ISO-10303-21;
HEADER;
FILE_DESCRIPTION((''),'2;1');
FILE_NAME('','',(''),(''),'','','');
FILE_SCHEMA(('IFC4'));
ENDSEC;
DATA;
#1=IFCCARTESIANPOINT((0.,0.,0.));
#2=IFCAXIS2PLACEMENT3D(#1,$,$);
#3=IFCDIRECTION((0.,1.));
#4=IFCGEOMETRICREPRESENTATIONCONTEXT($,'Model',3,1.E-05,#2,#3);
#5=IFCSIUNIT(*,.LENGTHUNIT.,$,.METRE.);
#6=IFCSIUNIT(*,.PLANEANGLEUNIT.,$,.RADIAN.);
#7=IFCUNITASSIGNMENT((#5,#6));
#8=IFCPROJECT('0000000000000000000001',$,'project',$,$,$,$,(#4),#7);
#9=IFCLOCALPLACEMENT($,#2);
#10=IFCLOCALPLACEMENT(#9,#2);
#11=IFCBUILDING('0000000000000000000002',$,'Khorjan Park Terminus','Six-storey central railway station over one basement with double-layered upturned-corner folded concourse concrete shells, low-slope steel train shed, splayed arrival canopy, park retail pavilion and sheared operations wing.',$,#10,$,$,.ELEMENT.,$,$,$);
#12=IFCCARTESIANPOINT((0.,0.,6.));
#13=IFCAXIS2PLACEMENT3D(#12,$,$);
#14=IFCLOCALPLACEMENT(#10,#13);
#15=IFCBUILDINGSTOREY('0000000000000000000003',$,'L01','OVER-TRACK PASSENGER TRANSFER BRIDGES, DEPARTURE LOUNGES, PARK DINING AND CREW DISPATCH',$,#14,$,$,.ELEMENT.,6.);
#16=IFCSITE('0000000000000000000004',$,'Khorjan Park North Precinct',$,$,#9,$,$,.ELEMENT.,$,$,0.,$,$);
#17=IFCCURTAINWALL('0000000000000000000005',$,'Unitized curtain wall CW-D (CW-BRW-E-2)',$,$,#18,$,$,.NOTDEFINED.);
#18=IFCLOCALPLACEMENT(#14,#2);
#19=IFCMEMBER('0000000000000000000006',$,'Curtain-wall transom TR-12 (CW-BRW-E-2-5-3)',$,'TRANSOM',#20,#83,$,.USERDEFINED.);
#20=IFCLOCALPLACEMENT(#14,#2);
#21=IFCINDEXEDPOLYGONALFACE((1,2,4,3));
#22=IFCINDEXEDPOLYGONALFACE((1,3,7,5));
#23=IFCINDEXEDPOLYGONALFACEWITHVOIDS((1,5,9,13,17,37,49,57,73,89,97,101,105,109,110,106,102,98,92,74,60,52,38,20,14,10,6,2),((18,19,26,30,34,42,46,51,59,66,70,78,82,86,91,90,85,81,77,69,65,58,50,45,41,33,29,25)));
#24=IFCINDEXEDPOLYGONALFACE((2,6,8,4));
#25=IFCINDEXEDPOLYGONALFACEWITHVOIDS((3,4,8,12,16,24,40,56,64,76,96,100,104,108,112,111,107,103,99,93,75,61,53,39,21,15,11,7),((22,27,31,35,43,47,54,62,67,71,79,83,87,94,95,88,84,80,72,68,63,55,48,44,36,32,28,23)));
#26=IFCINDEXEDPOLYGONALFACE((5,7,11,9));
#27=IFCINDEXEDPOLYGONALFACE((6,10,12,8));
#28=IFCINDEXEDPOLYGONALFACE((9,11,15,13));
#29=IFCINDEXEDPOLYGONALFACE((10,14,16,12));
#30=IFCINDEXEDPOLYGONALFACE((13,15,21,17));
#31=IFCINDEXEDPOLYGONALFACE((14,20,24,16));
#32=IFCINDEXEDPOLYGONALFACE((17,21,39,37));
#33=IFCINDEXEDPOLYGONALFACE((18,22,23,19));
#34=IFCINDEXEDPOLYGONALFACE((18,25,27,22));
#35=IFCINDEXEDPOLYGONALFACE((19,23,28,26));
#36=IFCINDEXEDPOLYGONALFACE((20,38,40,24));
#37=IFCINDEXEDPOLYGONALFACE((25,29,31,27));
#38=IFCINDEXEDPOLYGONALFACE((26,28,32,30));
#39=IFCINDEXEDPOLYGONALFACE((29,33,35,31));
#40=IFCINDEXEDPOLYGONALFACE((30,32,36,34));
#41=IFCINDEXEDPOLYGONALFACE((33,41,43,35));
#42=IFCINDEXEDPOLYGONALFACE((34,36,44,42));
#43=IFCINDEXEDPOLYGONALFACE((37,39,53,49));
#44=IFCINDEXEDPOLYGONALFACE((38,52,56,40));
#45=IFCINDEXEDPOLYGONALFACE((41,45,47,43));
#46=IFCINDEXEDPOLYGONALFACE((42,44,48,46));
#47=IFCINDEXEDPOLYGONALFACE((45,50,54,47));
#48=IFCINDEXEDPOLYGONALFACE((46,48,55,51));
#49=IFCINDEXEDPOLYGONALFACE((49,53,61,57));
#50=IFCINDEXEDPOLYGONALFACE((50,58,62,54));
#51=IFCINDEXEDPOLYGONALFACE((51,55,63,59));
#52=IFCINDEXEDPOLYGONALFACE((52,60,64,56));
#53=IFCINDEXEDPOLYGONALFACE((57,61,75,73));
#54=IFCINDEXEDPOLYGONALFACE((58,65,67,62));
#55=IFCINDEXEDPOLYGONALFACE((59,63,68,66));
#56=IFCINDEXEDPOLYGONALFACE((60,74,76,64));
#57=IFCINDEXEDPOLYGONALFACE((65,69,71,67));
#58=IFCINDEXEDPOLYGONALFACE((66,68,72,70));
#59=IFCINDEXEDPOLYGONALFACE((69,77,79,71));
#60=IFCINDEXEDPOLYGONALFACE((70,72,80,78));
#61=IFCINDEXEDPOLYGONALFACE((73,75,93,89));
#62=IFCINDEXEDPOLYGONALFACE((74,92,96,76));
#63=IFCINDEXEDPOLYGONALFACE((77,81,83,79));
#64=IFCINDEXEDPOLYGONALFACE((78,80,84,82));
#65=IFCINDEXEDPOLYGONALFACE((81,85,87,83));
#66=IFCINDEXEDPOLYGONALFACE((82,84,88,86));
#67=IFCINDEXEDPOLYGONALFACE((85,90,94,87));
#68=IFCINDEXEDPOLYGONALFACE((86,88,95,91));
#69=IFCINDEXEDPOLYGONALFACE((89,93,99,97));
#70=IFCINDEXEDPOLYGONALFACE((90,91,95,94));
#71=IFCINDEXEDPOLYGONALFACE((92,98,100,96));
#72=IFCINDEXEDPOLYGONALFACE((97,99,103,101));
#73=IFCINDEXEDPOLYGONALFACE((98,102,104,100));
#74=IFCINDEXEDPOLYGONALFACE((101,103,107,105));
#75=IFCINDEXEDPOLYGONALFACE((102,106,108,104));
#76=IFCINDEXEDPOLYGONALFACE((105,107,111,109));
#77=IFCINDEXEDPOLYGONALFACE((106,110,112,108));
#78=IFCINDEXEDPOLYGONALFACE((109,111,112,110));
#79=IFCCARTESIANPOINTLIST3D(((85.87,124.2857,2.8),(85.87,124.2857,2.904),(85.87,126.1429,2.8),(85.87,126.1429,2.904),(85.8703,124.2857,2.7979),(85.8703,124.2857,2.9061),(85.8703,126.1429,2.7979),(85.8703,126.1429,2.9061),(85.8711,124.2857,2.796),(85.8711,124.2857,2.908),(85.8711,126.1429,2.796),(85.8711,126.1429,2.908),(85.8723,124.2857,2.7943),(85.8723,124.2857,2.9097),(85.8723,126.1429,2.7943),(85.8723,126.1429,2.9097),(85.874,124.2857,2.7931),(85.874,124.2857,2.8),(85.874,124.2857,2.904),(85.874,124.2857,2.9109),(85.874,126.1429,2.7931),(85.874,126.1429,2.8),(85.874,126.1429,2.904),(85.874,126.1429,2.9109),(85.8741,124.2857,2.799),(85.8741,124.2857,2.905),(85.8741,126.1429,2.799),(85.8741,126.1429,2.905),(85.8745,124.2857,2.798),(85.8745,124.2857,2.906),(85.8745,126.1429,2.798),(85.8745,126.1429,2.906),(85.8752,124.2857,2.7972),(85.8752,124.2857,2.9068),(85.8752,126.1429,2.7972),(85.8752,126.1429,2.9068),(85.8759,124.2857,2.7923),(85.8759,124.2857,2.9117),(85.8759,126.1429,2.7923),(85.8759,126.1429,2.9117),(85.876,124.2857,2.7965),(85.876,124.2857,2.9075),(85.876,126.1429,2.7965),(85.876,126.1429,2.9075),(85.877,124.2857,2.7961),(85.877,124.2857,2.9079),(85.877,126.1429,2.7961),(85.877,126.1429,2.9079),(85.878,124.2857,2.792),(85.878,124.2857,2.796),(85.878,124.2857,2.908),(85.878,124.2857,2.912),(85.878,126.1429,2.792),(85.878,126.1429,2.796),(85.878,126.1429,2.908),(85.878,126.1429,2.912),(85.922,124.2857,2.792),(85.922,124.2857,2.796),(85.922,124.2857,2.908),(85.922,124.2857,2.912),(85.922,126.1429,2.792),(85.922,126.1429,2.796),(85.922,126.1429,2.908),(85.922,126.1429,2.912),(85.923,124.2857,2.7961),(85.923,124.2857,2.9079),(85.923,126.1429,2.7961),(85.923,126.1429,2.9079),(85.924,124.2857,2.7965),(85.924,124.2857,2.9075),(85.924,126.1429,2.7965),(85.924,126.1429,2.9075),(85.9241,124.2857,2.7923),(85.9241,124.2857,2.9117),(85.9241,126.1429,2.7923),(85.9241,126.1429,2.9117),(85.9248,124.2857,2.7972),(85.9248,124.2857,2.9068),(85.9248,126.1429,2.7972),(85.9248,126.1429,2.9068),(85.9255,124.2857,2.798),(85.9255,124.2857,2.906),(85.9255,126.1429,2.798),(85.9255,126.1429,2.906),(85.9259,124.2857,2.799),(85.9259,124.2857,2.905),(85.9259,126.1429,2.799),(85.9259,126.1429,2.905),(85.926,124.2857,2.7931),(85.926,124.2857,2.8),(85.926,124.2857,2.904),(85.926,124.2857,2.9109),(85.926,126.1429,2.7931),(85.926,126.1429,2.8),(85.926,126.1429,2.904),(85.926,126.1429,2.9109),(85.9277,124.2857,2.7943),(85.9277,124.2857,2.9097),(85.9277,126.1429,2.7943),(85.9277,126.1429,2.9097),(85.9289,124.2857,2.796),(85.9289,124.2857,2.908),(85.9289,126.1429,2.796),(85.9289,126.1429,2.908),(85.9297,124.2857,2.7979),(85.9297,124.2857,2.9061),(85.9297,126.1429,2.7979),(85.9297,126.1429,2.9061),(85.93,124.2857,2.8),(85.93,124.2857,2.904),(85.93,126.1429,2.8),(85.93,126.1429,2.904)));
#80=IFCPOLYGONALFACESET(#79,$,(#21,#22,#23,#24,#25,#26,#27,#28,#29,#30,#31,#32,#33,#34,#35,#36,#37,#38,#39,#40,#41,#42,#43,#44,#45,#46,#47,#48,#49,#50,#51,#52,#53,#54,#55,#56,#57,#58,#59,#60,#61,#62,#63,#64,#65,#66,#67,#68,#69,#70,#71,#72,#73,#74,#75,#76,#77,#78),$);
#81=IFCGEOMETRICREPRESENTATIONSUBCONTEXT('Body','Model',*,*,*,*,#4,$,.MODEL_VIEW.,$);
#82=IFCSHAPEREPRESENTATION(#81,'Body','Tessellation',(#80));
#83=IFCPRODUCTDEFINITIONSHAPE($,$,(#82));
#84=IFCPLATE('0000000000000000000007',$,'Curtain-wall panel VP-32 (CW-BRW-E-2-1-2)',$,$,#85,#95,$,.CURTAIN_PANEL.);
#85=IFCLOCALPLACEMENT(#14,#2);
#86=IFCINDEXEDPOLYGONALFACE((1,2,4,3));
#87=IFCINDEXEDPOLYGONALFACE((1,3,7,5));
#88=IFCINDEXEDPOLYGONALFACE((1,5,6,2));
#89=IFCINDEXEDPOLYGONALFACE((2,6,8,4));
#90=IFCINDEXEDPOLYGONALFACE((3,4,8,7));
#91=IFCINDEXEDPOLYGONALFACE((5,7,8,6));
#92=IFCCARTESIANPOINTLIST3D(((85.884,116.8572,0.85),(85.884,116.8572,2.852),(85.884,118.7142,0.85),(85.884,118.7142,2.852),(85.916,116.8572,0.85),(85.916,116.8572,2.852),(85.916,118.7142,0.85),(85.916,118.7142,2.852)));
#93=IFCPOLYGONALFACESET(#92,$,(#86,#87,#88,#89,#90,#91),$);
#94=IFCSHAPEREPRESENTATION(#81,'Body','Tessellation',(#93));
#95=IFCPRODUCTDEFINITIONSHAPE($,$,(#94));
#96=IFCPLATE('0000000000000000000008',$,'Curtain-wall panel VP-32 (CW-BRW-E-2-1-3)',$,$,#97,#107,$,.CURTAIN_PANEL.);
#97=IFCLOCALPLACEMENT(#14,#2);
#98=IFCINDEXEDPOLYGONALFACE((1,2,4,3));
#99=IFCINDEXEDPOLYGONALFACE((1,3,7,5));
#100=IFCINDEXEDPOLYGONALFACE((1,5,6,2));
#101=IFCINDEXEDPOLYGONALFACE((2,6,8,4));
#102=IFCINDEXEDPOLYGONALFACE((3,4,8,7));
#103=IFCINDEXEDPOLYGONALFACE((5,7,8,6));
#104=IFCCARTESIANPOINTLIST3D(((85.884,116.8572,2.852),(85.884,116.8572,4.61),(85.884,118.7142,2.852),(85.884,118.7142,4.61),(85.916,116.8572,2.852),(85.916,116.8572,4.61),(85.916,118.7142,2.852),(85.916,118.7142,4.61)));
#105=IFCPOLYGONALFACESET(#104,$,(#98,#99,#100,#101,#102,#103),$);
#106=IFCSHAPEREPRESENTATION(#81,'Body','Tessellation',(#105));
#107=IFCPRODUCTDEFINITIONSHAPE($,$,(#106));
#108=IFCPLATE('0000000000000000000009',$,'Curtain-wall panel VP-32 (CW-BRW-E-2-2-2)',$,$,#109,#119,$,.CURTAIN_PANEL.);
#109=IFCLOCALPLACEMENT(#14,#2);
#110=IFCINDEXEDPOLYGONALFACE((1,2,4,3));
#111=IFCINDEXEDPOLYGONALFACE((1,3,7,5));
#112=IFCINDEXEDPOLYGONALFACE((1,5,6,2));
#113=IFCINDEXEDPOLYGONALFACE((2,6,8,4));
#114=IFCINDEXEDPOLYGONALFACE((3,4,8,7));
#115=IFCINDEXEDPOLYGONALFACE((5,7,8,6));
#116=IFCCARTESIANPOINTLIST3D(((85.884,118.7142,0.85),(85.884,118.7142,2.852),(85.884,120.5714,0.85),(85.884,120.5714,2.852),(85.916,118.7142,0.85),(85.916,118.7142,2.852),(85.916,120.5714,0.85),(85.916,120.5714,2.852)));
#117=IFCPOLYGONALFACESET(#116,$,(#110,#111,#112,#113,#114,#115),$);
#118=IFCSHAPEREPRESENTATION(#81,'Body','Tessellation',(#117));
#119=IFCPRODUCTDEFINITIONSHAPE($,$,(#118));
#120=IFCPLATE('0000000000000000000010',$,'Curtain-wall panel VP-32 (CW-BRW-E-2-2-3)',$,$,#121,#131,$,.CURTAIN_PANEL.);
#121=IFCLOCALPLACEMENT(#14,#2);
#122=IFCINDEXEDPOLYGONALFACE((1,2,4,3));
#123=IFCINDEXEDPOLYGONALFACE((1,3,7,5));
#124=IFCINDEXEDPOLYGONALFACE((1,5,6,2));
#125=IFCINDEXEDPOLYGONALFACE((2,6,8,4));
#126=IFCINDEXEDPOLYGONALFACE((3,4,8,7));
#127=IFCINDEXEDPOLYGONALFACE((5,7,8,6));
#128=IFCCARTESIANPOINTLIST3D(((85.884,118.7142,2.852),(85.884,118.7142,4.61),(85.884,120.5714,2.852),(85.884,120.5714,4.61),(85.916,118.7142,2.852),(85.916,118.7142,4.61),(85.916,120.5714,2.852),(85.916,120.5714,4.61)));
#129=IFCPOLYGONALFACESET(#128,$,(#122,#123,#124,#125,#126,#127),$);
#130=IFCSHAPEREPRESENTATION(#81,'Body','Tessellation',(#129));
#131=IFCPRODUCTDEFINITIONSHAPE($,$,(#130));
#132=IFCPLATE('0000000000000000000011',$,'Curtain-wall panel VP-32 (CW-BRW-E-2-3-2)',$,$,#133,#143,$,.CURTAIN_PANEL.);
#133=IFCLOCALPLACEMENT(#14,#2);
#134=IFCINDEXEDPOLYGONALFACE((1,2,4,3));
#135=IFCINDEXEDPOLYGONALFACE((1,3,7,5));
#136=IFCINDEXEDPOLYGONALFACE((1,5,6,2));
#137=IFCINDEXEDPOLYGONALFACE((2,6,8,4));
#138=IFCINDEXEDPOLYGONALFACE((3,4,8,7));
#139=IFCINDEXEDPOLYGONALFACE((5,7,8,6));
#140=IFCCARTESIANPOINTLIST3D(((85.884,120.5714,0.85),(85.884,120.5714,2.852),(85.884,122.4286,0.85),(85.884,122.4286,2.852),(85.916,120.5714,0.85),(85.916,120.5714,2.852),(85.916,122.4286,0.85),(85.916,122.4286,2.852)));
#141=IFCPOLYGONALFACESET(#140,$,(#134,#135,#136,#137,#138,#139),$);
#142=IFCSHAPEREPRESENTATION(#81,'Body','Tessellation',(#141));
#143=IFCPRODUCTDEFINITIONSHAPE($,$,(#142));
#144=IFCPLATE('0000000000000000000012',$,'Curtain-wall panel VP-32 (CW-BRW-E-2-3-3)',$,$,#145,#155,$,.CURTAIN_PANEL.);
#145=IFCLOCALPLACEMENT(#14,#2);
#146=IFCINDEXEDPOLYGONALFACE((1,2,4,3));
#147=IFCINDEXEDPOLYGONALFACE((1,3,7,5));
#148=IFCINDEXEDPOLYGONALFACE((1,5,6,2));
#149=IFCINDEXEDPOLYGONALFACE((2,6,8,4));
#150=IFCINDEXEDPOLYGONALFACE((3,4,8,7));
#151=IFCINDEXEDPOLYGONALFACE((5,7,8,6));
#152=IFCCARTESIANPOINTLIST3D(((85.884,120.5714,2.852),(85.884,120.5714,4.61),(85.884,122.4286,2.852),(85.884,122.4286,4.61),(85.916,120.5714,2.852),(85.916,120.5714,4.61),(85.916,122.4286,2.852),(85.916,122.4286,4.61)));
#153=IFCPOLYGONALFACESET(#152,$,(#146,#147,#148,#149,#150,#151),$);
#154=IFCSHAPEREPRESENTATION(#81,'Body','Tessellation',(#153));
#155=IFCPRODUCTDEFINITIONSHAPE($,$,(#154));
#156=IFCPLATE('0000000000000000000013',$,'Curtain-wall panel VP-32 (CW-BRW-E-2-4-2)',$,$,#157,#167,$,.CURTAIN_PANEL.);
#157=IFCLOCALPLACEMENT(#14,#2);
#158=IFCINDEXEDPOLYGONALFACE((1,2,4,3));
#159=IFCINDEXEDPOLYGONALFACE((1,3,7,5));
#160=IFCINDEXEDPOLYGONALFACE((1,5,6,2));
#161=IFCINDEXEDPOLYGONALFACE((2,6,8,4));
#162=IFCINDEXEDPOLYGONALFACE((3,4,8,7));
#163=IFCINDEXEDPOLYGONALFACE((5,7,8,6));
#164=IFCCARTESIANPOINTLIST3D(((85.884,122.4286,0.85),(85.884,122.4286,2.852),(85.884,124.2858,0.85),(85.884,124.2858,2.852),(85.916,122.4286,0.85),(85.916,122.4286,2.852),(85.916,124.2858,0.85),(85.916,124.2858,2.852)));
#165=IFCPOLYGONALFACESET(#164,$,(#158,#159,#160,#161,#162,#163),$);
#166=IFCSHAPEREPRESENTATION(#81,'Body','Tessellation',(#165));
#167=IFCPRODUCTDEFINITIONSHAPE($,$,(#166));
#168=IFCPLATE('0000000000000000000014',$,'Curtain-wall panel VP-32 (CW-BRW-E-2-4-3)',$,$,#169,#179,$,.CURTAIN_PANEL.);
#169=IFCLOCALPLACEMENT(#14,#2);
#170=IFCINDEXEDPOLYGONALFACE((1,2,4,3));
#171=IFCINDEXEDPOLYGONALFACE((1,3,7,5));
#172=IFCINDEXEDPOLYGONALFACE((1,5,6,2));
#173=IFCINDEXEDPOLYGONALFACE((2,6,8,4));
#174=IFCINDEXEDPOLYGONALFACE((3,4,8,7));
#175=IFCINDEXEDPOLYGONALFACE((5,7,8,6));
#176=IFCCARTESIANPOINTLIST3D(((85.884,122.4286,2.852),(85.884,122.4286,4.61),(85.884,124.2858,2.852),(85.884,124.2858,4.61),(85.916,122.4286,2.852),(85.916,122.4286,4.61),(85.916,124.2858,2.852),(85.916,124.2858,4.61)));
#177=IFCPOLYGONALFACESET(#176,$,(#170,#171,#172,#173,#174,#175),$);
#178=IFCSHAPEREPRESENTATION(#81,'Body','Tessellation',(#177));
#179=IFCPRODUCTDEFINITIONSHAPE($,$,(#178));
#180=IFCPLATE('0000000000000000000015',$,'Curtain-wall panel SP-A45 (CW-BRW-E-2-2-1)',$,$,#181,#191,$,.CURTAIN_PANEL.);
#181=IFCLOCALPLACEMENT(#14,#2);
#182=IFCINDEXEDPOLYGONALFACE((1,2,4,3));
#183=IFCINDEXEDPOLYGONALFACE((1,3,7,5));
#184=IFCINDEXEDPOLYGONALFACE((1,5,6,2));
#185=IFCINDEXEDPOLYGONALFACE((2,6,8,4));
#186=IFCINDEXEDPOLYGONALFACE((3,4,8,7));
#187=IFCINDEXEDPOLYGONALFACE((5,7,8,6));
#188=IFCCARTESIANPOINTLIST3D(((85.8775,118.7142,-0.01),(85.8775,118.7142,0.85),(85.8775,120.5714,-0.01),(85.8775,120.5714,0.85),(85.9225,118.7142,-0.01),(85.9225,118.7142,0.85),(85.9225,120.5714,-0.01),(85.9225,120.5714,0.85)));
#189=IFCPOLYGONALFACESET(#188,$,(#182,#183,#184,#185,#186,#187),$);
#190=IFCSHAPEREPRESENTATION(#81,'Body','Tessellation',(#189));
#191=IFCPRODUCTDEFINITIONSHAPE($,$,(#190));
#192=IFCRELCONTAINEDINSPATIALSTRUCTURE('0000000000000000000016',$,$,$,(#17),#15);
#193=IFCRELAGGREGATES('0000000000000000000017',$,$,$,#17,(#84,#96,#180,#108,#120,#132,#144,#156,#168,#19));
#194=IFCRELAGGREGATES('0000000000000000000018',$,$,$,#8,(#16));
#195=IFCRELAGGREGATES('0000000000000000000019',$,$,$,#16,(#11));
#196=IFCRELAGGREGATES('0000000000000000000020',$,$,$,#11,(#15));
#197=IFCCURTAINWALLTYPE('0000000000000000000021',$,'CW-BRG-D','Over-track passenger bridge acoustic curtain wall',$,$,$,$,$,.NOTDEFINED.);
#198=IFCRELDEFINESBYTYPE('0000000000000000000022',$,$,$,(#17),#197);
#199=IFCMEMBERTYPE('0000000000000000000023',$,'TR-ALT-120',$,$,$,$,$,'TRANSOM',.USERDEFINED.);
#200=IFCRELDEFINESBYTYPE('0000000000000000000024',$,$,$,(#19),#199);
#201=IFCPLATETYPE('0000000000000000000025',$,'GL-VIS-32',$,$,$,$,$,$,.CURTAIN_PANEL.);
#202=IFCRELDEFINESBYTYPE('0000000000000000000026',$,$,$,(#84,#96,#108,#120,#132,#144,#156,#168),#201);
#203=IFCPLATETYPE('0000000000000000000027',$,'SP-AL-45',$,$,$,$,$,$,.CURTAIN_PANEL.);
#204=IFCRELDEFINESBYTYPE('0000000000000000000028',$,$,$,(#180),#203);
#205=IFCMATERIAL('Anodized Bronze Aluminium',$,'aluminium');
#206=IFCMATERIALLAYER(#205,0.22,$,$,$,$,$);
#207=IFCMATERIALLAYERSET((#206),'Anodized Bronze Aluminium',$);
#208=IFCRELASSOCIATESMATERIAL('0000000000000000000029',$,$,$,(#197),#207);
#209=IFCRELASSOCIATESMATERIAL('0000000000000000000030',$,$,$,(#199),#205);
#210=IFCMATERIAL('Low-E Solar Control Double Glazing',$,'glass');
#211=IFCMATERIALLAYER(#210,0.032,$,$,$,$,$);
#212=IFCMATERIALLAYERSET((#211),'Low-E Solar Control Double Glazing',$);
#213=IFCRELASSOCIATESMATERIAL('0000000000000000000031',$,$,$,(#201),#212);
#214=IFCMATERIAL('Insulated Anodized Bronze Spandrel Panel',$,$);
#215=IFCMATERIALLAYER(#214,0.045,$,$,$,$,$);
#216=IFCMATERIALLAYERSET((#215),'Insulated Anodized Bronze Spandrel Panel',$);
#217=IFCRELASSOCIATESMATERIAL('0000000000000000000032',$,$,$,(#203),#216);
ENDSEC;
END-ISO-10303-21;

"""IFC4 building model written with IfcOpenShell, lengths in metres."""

from ifc_helpers import new_model, si_unit, direction, frame, origin, origin_2d, place, context, subcontext, project, spatial, rectangle, hollow_rectangle, extrude, material, layer, layer_set, material_profile, profile_set, type_object, element, aggregate, save


model = new_model("IFC4")

# Units and contexts
model_context = context("Model", 3, precision=1e-05, world=origin(), true_north=direction((0.0, 1.0)))
body_context = subcontext(model_context, "Body", "Model", "MODEL_VIEW")
ifc_project = project(units=[si_unit("LENGTHUNIT", "METRE"), si_unit("PLANEANGLEUNIT", "RADIAN")], contexts=[model_context])

# Site, building, storey
site_placement = place(None, origin())
site = spatial("IfcSite", under=ifc_project, at=site_placement, Name="Khorjan Park North Precinct", CompositionType="ELEMENT", RefElevation=0.0)
building_placement = place(site_placement, origin())
building = spatial("IfcBuilding", under=site, at=building_placement, Name="Khorjan Park Terminus", Description="Six-storey central railway station over one basement with double-layered upturned-corner folded concourse concrete shells, low-slope steel train shed, splayed arrival canopy, park retail pavilion and sheared operations wing.", CompositionType="ELEMENT")
storey_placement = place(building_placement, frame((0.0, 0.0, 6.0)))
storey = spatial("IfcBuildingStorey", under=building, at=storey_placement, Name="L01", Description="OVER-TRACK PASSENGER TRANSFER BRIDGES, DEPARTURE LOUNGES, PARK DINING AND CREW DISPATCH", CompositionType="ELEMENT", Elevation=6.0)

# Curtain wall, member, plates
ifc_material_1 = material(Name="Anodized Bronze Aluminium", Category="aluminium")
ifc_layer_1 = layer(ifc_material_1, 0.22)
ifc_layer_set_1 = layer_set([ifc_layer_1], Name="Anodized Bronze Aluminium")
curtain_wall_type = type_object("IfcCurtainWallType", Name="CW-BRG-D", Description="Over-track passenger bridge acoustic curtain wall", PredefinedType="NOTDEFINED", material=ifc_layer_set_1)
curtain_wall_placement = place(storey_placement, origin())
curtain_wall = element("IfcCurtainWall", 1, at=curtain_wall_placement, inside=storey, type_object=curtain_wall_type, Name="Unitized curtain wall CW-D (CW-BRW-E-2)", PredefinedType="NOTDEFINED")
ifc_material_profile_1 = material_profile(ifc_material_1, hollow_rectangle(XDim=0.06, YDim=0.12, WallThickness=0.004, InnerFilletRadius=0.004, OuterFilletRadius=0.008, at=origin_2d()), Name="ALT 60x120x4")
ifc_profile_set_1 = profile_set([ifc_material_profile_1], Name="Anodized Bronze Aluminium")
member_type_1 = type_object("IfcMemberType", Name="TR-ALT-120", ElementType="TRANSOM", PredefinedType="USERDEFINED", material=ifc_profile_set_1)
member_1_placement = place(storey_placement, frame((85.9, 124.2857, 2.852), z_axis=(0.0, 1.0, 0.0), x_axis=(-1.0, 0.0, 0.0)))
member_1 = element("IfcMember", 2, at=member_1_placement, type_object=member_type_1, Name="Curtain-wall transom TR-12 (CW-BRW-E-2-5-3)", ObjectType="TRANSOM", PredefinedType="USERDEFINED", context=body_context, shape_type="SweptSolid", body=[
    extrude(hollow_rectangle(XDim=0.06, YDim=0.12, WallThickness=0.004, InnerFilletRadius=0.004, OuterFilletRadius=0.008, at=origin_2d()), origin(), (0.0, 0.0, 1.0), 1.8572),
])
ifc_material_2 = material(Name="Low-E Solar Control Double Glazing", Category="glass")
ifc_layer_2 = layer(ifc_material_2, 0.032)
ifc_layer_set_2 = layer_set([ifc_layer_2], Name="Low-E Solar Control Double Glazing")
plate_type_1 = type_object("IfcPlateType", Name="GL-VIS-32", PredefinedType="CURTAIN_PANEL", material=ifc_layer_set_2)
plate_1_placement = place(storey_placement, frame((85.9, 117.7857, 0.85), z_axis=(0.0, 0.0, 1.0), x_axis=(0.0, 1.0, 0.0)))
plate_1 = element("IfcPlate", 3, at=plate_1_placement, type_object=plate_type_1, Name="Curtain-wall panel VP-32 (CW-BRW-E-2-1-2)", PredefinedType="CURTAIN_PANEL", context=body_context, shape_type="SweptSolid", body=[
    extrude(rectangle(XDim=1.8571, YDim=0.032, at=origin_2d()), origin(), (0.0, 0.0, 1.0), 2.002),
])
plate_2_placement = place(storey_placement, frame((85.9, 117.7857, 2.852), z_axis=(0.0, 0.0, 1.0), x_axis=(0.0, 1.0, 0.0)))
plate_2 = element("IfcPlate", 4, at=plate_2_placement, type_object=plate_type_1, Name="Curtain-wall panel VP-32 (CW-BRW-E-2-1-3)", PredefinedType="CURTAIN_PANEL", context=body_context, shape_type="SweptSolid", body=[
    extrude(rectangle(XDim=1.8571, YDim=0.032, at=origin_2d()), origin(), (0.0, 0.0, 1.0), 1.758),
])
plate_3_placement = place(storey_placement, frame((85.9, 119.6428, 0.85), z_axis=(0.0, 0.0, 1.0), x_axis=(0.0, 1.0, 0.0)))
plate_3 = element("IfcPlate", 5, at=plate_3_placement, type_object=plate_type_1, Name="Curtain-wall panel VP-32 (CW-BRW-E-2-2-2)", PredefinedType="CURTAIN_PANEL", context=body_context, shape_type="SweptSolid", body=[
    extrude(rectangle(XDim=1.8571, YDim=0.032, at=origin_2d()), origin(), (0.0, 0.0, 1.0), 2.002),
])
plate_4_placement = place(storey_placement, frame((85.9, 119.6428, 2.852), z_axis=(0.0, 0.0, 1.0), x_axis=(0.0, 1.0, 0.0)))
plate_4 = element("IfcPlate", 6, at=plate_4_placement, type_object=plate_type_1, Name="Curtain-wall panel VP-32 (CW-BRW-E-2-2-3)", PredefinedType="CURTAIN_PANEL", context=body_context, shape_type="SweptSolid", body=[
    extrude(rectangle(XDim=1.8571, YDim=0.032, at=origin_2d()), origin(), (0.0, 0.0, 1.0), 1.758),
])
plate_5_placement = place(storey_placement, frame((85.9, 121.5, 0.85), z_axis=(0.0, 0.0, 1.0), x_axis=(0.0, 1.0, 0.0)))
plate_5 = element("IfcPlate", 7, at=plate_5_placement, type_object=plate_type_1, Name="Curtain-wall panel VP-32 (CW-BRW-E-2-3-2)", PredefinedType="CURTAIN_PANEL", context=body_context, shape_type="SweptSolid", body=[
    extrude(rectangle(XDim=1.8571, YDim=0.032, at=origin_2d()), origin(), (0.0, 0.0, 1.0), 2.002),
])
plate_6_placement = place(storey_placement, frame((85.9, 121.5, 2.852), z_axis=(0.0, 0.0, 1.0), x_axis=(0.0, 1.0, 0.0)))
plate_6 = element("IfcPlate", 8, at=plate_6_placement, type_object=plate_type_1, Name="Curtain-wall panel VP-32 (CW-BRW-E-2-3-3)", PredefinedType="CURTAIN_PANEL", context=body_context, shape_type="SweptSolid", body=[
    extrude(rectangle(XDim=1.8571, YDim=0.032, at=origin_2d()), origin(), (0.0, 0.0, 1.0), 1.758),
])
plate_7_placement = place(storey_placement, frame((85.9, 123.3572, 0.85), z_axis=(0.0, 0.0, 1.0), x_axis=(0.0, 1.0, 0.0)))
plate_7 = element("IfcPlate", 9, at=plate_7_placement, type_object=plate_type_1, Name="Curtain-wall panel VP-32 (CW-BRW-E-2-4-2)", PredefinedType="CURTAIN_PANEL", context=body_context, shape_type="SweptSolid", body=[
    extrude(rectangle(XDim=1.8571, YDim=0.032, at=origin_2d()), origin(), (0.0, 0.0, 1.0), 2.002),
])
plate_8_placement = place(storey_placement, frame((85.9, 123.3572, 2.852), z_axis=(0.0, 0.0, 1.0), x_axis=(0.0, 1.0, 0.0)))
plate_8 = element("IfcPlate", 10, at=plate_8_placement, type_object=plate_type_1, Name="Curtain-wall panel VP-32 (CW-BRW-E-2-4-3)", PredefinedType="CURTAIN_PANEL", context=body_context, shape_type="SweptSolid", body=[
    extrude(rectangle(XDim=1.8571, YDim=0.032, at=origin_2d()), origin(), (0.0, 0.0, 1.0), 1.758),
])
ifc_material_3 = material(Name="Insulated Anodized Bronze Spandrel Panel")
ifc_layer_3 = layer(ifc_material_3, 0.045)
ifc_layer_set_3 = layer_set([ifc_layer_3], Name="Insulated Anodized Bronze Spandrel Panel")
plate_type_2 = type_object("IfcPlateType", Name="SP-AL-45", PredefinedType="CURTAIN_PANEL", material=ifc_layer_set_3)
plate_9_placement = place(storey_placement, frame((85.9, 119.6428, -0.01), z_axis=(0.0, 0.0, 1.0), x_axis=(0.0, 1.0, 0.0)))
plate_9 = element("IfcPlate", 11, at=plate_9_placement, type_object=plate_type_2, Name="Curtain-wall panel SP-A45 (CW-BRW-E-2-2-1)", PredefinedType="CURTAIN_PANEL", context=body_context, shape_type="SweptSolid", body=[
    extrude(rectangle(XDim=1.8571, YDim=0.045, at=origin_2d()), origin(), (0.0, 0.0, 1.0), 0.86),
])
aggregate(curtain_wall, [plate_1, plate_2, plate_9, plate_3, plate_4, plate_5, plate_6, plate_7, plate_8, member_1])

save(model, "model.ifc")
